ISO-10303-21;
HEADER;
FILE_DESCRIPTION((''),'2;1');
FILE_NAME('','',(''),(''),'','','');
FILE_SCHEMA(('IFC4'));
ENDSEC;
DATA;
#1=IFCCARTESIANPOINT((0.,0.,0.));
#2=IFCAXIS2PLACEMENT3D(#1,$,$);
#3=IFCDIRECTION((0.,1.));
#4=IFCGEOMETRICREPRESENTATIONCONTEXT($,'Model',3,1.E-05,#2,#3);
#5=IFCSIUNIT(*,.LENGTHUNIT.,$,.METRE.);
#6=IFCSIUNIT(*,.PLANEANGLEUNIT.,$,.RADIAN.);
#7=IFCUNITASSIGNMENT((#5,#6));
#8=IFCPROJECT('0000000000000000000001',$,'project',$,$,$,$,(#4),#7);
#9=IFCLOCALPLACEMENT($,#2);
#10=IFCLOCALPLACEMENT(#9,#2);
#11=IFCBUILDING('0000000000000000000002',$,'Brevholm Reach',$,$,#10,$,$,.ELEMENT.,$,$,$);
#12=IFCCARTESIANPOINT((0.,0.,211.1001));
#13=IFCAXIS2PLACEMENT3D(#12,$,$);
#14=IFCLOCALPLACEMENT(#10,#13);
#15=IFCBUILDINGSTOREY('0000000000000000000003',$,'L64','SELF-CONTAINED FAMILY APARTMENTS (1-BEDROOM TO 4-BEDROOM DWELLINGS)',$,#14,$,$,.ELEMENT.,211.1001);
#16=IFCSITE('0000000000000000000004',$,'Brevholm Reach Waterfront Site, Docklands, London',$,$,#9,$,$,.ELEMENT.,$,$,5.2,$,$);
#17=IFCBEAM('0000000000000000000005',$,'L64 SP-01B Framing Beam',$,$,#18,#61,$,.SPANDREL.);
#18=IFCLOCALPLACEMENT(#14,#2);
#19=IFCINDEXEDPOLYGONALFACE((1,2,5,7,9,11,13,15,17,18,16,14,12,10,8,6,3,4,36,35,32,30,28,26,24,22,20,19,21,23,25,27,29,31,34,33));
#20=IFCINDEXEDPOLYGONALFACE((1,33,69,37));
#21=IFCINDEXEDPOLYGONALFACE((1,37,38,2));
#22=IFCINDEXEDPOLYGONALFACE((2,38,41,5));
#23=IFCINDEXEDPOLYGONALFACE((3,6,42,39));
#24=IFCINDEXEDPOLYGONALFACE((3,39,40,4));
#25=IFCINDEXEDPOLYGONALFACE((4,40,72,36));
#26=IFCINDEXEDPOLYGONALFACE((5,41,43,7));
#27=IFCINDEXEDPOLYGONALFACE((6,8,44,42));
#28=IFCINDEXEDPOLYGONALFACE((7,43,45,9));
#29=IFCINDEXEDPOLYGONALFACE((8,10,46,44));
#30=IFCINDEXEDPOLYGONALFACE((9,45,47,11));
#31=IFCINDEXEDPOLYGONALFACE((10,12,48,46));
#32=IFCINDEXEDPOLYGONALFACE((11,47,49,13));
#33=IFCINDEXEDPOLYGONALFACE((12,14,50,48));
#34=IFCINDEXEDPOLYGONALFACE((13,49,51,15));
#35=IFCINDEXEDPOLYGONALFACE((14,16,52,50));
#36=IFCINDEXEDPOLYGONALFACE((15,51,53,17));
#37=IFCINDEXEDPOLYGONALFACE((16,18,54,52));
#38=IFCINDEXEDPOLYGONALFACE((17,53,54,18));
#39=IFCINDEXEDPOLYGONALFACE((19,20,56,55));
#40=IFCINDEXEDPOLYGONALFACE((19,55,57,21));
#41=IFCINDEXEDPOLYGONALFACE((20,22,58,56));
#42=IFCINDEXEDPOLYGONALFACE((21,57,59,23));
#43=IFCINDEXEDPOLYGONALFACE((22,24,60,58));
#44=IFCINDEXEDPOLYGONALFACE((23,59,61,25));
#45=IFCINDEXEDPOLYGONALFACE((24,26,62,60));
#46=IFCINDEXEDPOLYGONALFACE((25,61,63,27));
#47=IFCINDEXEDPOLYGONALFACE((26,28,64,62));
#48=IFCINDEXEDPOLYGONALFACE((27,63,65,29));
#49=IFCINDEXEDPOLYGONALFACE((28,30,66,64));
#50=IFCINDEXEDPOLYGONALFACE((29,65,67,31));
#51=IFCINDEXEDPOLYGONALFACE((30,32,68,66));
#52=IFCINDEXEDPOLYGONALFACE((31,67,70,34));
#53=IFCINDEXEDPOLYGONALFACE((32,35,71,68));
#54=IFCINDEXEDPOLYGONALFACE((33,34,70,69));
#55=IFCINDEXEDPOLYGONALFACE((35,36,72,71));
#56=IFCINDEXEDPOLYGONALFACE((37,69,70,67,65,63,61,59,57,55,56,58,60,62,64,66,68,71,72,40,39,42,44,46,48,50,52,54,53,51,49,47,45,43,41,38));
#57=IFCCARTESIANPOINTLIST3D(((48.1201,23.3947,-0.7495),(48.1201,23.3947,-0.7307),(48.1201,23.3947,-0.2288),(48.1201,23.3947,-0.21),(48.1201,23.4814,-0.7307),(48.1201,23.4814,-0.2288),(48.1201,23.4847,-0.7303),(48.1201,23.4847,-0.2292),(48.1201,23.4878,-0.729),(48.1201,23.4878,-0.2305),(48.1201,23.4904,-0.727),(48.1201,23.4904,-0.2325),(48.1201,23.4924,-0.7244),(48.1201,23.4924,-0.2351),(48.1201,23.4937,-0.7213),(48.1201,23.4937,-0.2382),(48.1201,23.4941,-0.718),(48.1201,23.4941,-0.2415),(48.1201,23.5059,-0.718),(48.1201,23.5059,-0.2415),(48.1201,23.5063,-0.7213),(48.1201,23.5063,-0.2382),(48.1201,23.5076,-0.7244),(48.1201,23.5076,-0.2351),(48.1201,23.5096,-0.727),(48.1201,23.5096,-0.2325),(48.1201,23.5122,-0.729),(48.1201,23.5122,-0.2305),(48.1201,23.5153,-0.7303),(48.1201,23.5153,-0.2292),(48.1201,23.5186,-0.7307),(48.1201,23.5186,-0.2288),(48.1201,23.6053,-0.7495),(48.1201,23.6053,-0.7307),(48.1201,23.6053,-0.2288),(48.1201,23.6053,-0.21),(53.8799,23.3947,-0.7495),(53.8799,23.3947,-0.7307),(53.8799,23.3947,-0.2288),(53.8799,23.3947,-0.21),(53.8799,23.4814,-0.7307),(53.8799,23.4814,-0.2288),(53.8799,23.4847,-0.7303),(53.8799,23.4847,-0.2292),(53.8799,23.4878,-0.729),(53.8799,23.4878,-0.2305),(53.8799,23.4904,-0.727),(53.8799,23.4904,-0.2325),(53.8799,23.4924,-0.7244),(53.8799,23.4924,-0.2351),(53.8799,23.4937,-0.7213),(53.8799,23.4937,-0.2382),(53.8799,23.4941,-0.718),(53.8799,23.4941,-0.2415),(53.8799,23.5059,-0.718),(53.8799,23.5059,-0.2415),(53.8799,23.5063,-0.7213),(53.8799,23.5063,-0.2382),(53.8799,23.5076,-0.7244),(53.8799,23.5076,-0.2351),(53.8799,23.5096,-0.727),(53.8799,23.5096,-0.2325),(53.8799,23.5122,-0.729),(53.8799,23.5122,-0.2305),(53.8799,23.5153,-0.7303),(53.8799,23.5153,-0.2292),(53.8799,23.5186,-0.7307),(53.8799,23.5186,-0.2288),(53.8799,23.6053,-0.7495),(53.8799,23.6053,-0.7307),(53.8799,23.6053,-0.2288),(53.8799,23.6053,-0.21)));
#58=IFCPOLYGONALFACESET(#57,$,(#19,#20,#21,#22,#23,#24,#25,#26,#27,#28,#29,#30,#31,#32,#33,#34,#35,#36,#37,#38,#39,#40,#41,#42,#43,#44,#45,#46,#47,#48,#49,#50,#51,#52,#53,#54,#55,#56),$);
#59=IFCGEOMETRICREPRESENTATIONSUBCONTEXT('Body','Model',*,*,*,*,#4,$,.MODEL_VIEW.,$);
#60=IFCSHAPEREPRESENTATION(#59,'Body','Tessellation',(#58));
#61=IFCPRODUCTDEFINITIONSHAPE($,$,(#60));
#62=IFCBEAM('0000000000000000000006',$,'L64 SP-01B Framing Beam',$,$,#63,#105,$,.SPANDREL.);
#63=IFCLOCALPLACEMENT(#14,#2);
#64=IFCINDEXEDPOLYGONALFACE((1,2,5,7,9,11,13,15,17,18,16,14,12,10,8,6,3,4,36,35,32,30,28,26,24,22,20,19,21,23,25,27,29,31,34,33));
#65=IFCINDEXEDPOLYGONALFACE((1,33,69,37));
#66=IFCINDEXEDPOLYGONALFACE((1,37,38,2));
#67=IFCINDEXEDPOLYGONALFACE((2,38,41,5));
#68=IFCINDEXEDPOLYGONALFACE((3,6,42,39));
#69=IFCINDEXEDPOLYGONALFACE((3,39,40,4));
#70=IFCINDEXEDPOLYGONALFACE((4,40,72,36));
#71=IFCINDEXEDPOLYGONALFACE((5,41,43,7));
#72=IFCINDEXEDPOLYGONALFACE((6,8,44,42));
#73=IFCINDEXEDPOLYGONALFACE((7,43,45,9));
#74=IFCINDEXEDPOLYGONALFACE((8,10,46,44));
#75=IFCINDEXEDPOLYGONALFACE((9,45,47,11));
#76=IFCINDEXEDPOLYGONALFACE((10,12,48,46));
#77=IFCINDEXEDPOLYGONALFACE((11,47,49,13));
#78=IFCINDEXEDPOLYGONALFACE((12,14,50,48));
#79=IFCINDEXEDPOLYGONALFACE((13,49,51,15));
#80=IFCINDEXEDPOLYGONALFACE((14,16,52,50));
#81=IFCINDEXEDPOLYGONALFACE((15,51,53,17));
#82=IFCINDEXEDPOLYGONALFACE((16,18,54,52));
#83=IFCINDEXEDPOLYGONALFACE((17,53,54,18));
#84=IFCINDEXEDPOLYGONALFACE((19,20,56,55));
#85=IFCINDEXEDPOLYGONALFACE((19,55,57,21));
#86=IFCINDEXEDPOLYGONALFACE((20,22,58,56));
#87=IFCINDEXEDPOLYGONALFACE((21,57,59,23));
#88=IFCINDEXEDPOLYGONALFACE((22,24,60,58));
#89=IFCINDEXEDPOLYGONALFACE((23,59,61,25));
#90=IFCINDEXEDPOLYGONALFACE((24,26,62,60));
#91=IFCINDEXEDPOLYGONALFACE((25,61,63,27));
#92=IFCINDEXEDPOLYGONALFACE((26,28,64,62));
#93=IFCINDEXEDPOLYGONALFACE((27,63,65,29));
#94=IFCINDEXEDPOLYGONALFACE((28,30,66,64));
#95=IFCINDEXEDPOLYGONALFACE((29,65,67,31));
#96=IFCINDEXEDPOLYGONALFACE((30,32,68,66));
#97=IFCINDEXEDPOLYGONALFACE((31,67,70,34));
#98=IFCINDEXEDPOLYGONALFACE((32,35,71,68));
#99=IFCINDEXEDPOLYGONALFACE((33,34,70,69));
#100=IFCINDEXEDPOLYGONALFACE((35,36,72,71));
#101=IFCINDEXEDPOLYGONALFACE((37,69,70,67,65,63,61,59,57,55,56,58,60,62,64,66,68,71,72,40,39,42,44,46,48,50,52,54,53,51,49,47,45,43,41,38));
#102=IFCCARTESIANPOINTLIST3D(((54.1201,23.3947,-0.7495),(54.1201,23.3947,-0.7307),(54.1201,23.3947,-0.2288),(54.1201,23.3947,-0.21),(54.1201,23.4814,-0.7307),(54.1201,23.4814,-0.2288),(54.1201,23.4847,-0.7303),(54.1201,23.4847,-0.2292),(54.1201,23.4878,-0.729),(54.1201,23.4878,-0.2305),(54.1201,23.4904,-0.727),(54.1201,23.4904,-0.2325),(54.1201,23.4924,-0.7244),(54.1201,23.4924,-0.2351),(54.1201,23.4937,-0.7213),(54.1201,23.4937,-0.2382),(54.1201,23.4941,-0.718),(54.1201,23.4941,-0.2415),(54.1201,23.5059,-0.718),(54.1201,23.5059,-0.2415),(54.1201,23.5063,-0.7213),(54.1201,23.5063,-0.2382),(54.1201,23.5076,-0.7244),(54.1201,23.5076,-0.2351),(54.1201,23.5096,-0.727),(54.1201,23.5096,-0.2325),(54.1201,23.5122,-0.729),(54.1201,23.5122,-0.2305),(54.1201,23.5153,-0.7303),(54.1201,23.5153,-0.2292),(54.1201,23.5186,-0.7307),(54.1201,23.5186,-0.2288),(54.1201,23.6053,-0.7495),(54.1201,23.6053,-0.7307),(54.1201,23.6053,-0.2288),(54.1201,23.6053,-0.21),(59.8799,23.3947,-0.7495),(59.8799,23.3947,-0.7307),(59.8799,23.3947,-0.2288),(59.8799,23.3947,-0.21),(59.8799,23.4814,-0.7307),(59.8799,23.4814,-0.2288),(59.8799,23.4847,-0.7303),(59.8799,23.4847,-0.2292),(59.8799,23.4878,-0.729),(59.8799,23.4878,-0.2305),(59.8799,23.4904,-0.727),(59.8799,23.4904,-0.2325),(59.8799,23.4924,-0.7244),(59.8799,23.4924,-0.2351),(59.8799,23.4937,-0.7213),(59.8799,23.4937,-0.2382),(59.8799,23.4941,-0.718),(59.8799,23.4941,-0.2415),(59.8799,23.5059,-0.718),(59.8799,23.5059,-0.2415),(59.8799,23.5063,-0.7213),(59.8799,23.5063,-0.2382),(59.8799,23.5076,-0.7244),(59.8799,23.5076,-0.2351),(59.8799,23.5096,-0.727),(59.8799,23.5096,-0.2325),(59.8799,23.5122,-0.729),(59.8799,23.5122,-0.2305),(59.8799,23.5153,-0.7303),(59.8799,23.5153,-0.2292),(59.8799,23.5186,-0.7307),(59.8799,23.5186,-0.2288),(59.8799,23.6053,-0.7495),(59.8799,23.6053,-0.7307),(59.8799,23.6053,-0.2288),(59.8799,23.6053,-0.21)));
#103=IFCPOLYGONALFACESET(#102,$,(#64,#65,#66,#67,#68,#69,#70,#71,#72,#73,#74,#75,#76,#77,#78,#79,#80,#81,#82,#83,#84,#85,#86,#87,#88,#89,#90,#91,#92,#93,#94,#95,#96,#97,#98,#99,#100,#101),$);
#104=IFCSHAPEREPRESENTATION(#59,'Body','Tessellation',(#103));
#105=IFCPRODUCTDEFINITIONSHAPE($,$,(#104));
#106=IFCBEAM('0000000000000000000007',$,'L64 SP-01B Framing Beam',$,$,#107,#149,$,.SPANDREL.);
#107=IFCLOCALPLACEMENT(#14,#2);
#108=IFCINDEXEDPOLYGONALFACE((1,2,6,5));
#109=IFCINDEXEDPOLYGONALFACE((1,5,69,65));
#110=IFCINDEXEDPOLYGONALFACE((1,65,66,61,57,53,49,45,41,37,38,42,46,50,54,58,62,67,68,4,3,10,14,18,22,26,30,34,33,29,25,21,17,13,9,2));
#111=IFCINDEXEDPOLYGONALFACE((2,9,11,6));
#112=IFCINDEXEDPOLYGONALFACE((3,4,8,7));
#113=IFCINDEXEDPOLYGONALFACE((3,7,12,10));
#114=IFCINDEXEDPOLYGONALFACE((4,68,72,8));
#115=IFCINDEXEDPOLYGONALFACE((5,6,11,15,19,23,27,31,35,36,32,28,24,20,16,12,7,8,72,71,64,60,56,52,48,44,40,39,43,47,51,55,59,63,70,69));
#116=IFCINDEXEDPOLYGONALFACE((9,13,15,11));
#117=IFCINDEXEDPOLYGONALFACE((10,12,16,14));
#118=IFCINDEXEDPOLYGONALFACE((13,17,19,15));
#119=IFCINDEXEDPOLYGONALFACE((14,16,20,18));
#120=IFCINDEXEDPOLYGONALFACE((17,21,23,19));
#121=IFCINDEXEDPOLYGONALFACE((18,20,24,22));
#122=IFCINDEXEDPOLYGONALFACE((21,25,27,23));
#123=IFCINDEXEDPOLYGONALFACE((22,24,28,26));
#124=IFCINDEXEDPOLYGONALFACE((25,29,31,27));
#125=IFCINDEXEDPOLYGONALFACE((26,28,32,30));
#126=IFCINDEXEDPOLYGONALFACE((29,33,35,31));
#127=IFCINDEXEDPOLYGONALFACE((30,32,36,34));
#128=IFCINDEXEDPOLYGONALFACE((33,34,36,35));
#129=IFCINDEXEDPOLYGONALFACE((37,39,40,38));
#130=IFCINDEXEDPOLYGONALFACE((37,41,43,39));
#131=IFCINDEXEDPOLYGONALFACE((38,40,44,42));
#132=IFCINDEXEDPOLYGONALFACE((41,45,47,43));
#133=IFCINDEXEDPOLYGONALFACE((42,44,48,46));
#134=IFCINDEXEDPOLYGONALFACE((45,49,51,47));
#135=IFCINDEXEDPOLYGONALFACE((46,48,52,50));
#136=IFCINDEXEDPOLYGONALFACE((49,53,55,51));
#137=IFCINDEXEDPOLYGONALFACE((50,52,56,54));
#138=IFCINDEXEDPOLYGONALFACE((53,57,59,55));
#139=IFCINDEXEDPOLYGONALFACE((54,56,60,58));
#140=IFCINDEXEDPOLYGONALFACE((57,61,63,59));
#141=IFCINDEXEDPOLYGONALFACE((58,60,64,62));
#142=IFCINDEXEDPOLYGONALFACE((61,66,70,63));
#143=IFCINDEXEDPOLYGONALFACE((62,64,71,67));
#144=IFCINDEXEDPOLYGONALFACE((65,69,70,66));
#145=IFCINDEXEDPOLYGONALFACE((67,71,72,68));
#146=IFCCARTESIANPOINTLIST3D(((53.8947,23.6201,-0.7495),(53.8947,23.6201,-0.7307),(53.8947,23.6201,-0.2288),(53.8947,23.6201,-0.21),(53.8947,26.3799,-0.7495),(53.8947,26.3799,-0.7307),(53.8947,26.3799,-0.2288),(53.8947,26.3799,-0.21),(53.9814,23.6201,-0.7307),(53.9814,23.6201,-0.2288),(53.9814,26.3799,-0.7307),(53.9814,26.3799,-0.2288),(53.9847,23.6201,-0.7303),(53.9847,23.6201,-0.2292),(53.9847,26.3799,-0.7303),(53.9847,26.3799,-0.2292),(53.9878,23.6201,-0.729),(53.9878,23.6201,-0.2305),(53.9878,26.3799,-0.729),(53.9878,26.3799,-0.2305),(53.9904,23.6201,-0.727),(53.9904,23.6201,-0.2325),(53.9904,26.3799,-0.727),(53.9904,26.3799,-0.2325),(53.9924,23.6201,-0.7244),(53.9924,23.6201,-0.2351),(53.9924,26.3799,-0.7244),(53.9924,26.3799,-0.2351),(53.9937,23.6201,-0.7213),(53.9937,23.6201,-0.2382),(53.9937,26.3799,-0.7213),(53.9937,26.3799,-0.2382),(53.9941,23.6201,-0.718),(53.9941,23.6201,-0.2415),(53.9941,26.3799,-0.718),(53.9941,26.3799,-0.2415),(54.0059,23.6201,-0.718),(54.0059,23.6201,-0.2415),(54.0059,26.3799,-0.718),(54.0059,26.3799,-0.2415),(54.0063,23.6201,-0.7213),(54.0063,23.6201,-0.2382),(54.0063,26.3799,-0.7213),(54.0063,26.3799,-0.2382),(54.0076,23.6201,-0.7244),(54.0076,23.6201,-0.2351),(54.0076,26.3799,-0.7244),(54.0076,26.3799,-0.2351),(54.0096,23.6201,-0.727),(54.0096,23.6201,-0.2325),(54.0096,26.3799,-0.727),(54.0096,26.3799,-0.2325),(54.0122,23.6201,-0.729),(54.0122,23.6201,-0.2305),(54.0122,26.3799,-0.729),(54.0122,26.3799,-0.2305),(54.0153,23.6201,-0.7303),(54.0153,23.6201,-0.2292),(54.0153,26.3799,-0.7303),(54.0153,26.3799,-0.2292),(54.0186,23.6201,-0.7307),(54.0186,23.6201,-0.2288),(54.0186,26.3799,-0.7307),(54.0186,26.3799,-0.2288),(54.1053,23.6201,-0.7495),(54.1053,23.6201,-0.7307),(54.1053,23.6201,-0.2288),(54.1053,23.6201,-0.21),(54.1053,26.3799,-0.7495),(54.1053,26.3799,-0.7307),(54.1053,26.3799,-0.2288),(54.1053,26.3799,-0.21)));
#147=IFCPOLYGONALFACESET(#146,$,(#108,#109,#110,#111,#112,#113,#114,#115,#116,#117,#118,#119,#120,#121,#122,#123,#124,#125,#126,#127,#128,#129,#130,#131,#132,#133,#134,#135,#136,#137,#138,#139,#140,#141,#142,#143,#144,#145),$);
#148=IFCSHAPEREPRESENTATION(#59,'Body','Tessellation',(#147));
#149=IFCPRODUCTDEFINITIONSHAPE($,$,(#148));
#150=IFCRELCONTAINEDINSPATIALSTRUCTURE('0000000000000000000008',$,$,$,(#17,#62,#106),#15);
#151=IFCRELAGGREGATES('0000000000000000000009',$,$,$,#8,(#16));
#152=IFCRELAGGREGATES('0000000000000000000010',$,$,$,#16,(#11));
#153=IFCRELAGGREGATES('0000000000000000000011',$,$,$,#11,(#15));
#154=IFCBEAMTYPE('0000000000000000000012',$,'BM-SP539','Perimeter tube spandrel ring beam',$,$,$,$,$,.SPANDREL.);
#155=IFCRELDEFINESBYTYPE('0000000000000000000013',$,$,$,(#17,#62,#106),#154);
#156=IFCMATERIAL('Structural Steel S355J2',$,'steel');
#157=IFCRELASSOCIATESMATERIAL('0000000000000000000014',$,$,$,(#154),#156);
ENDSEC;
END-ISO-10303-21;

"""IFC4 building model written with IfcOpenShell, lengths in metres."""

from ifc_helpers import new_model, si_unit, direction, frame, origin, origin_2d, place, context, subcontext, project, spatial, i_section, extrude, material, material_profile, profile_set, type_object, element, save


model = new_model("IFC4")

# Units and contexts
model_context = context("Model", 3, precision=1e-05, world=origin(), true_north=direction((0.0, 1.0)))
body_context = subcontext(model_context, "Body", "Model", "MODEL_VIEW")
ifc_project = project(units=[si_unit("LENGTHUNIT", "METRE"), si_unit("PLANEANGLEUNIT", "RADIAN")], contexts=[model_context])

# Site, building, storey
site_placement = place(None, origin())
site = spatial("IfcSite", under=ifc_project, at=site_placement, Name="Brevholm Reach Waterfront Site, Docklands, London", CompositionType="ELEMENT", RefElevation=5.2)
building_placement = place(site_placement, origin())
building = spatial("IfcBuilding", under=site, at=building_placement, Name="Brevholm Reach", CompositionType="ELEMENT")
storey_placement = place(building_placement, frame((0.0, 0.0, 211.1001)))
storey = spatial("IfcBuildingStorey", under=building, at=storey_placement, Name="L64", Description="SELF-CONTAINED FAMILY APARTMENTS (1-BEDROOM TO 4-BEDROOM DWELLINGS)", CompositionType="ELEMENT", Elevation=211.1001)

# Beams
ifc_material_1 = material(Name="Structural Steel S355J2", Category="steel")
ifc_material_profile_1 = material_profile(ifc_material_1, i_section(OverallWidth=0.2107, OverallDepth=0.5396, WebThickness=0.0117, FlangeThickness=0.0188, FilletRadius=0.0127, at=origin_2d()), Name="UKB 533x210x109")
ifc_profile_set_1 = profile_set([ifc_material_profile_1], Name="Structural Steel S355J2")
beam_type_1 = type_object("IfcBeamType", Name="BM-SP539", Description="Perimeter tube spandrel ring beam", PredefinedType="SPANDREL", material=ifc_profile_set_1)
for number, where, z_axis, x_axis, name in (
    (1, (48.1201, 23.5, -0.4797), (1.0, 0.0, 0.0), (0.0, 1.0, 0.0), "L64 SP-01B Framing Beam"),
    (2, (54.1201, 23.5, -0.4797), (1.0, 0.0, 0.0), (0.0, 1.0, 0.0), "L64 SP-01B Framing Beam"),
):
    element("IfcBeam", number, at=place(storey_placement, frame(where, z_axis=z_axis, x_axis=x_axis)), inside=storey, type_object=beam_type_1, Name=name, PredefinedType="SPANDREL", context=body_context, shape_type="SweptSolid", body=[
        extrude(i_section(OverallWidth=0.2107, OverallDepth=0.5396, WebThickness=0.0117, FlangeThickness=0.0188, FilletRadius=0.0127, at=origin_2d()), origin(), (0.0, 0.0, 1.0), 5.7598),
    ])
beam_1_placement = place(storey_placement, frame((54.0, 23.6201, -0.4797), z_axis=(0.0, 1.0, 0.0), x_axis=(-1.0, 0.0, 0.0)))
element("IfcBeam", 3, at=beam_1_placement, inside=storey, type_object=beam_type_1, Name="L64 SP-01B Framing Beam", PredefinedType="SPANDREL", context=body_context, shape_type="SweptSolid", body=[
    extrude(i_section(OverallWidth=0.2107, OverallDepth=0.5396, WebThickness=0.0117, FlangeThickness=0.0188, FilletRadius=0.0127, at=origin_2d()), origin(), (0.0, 0.0, 1.0), 2.7598),
])

save(model, "model.ifc")
